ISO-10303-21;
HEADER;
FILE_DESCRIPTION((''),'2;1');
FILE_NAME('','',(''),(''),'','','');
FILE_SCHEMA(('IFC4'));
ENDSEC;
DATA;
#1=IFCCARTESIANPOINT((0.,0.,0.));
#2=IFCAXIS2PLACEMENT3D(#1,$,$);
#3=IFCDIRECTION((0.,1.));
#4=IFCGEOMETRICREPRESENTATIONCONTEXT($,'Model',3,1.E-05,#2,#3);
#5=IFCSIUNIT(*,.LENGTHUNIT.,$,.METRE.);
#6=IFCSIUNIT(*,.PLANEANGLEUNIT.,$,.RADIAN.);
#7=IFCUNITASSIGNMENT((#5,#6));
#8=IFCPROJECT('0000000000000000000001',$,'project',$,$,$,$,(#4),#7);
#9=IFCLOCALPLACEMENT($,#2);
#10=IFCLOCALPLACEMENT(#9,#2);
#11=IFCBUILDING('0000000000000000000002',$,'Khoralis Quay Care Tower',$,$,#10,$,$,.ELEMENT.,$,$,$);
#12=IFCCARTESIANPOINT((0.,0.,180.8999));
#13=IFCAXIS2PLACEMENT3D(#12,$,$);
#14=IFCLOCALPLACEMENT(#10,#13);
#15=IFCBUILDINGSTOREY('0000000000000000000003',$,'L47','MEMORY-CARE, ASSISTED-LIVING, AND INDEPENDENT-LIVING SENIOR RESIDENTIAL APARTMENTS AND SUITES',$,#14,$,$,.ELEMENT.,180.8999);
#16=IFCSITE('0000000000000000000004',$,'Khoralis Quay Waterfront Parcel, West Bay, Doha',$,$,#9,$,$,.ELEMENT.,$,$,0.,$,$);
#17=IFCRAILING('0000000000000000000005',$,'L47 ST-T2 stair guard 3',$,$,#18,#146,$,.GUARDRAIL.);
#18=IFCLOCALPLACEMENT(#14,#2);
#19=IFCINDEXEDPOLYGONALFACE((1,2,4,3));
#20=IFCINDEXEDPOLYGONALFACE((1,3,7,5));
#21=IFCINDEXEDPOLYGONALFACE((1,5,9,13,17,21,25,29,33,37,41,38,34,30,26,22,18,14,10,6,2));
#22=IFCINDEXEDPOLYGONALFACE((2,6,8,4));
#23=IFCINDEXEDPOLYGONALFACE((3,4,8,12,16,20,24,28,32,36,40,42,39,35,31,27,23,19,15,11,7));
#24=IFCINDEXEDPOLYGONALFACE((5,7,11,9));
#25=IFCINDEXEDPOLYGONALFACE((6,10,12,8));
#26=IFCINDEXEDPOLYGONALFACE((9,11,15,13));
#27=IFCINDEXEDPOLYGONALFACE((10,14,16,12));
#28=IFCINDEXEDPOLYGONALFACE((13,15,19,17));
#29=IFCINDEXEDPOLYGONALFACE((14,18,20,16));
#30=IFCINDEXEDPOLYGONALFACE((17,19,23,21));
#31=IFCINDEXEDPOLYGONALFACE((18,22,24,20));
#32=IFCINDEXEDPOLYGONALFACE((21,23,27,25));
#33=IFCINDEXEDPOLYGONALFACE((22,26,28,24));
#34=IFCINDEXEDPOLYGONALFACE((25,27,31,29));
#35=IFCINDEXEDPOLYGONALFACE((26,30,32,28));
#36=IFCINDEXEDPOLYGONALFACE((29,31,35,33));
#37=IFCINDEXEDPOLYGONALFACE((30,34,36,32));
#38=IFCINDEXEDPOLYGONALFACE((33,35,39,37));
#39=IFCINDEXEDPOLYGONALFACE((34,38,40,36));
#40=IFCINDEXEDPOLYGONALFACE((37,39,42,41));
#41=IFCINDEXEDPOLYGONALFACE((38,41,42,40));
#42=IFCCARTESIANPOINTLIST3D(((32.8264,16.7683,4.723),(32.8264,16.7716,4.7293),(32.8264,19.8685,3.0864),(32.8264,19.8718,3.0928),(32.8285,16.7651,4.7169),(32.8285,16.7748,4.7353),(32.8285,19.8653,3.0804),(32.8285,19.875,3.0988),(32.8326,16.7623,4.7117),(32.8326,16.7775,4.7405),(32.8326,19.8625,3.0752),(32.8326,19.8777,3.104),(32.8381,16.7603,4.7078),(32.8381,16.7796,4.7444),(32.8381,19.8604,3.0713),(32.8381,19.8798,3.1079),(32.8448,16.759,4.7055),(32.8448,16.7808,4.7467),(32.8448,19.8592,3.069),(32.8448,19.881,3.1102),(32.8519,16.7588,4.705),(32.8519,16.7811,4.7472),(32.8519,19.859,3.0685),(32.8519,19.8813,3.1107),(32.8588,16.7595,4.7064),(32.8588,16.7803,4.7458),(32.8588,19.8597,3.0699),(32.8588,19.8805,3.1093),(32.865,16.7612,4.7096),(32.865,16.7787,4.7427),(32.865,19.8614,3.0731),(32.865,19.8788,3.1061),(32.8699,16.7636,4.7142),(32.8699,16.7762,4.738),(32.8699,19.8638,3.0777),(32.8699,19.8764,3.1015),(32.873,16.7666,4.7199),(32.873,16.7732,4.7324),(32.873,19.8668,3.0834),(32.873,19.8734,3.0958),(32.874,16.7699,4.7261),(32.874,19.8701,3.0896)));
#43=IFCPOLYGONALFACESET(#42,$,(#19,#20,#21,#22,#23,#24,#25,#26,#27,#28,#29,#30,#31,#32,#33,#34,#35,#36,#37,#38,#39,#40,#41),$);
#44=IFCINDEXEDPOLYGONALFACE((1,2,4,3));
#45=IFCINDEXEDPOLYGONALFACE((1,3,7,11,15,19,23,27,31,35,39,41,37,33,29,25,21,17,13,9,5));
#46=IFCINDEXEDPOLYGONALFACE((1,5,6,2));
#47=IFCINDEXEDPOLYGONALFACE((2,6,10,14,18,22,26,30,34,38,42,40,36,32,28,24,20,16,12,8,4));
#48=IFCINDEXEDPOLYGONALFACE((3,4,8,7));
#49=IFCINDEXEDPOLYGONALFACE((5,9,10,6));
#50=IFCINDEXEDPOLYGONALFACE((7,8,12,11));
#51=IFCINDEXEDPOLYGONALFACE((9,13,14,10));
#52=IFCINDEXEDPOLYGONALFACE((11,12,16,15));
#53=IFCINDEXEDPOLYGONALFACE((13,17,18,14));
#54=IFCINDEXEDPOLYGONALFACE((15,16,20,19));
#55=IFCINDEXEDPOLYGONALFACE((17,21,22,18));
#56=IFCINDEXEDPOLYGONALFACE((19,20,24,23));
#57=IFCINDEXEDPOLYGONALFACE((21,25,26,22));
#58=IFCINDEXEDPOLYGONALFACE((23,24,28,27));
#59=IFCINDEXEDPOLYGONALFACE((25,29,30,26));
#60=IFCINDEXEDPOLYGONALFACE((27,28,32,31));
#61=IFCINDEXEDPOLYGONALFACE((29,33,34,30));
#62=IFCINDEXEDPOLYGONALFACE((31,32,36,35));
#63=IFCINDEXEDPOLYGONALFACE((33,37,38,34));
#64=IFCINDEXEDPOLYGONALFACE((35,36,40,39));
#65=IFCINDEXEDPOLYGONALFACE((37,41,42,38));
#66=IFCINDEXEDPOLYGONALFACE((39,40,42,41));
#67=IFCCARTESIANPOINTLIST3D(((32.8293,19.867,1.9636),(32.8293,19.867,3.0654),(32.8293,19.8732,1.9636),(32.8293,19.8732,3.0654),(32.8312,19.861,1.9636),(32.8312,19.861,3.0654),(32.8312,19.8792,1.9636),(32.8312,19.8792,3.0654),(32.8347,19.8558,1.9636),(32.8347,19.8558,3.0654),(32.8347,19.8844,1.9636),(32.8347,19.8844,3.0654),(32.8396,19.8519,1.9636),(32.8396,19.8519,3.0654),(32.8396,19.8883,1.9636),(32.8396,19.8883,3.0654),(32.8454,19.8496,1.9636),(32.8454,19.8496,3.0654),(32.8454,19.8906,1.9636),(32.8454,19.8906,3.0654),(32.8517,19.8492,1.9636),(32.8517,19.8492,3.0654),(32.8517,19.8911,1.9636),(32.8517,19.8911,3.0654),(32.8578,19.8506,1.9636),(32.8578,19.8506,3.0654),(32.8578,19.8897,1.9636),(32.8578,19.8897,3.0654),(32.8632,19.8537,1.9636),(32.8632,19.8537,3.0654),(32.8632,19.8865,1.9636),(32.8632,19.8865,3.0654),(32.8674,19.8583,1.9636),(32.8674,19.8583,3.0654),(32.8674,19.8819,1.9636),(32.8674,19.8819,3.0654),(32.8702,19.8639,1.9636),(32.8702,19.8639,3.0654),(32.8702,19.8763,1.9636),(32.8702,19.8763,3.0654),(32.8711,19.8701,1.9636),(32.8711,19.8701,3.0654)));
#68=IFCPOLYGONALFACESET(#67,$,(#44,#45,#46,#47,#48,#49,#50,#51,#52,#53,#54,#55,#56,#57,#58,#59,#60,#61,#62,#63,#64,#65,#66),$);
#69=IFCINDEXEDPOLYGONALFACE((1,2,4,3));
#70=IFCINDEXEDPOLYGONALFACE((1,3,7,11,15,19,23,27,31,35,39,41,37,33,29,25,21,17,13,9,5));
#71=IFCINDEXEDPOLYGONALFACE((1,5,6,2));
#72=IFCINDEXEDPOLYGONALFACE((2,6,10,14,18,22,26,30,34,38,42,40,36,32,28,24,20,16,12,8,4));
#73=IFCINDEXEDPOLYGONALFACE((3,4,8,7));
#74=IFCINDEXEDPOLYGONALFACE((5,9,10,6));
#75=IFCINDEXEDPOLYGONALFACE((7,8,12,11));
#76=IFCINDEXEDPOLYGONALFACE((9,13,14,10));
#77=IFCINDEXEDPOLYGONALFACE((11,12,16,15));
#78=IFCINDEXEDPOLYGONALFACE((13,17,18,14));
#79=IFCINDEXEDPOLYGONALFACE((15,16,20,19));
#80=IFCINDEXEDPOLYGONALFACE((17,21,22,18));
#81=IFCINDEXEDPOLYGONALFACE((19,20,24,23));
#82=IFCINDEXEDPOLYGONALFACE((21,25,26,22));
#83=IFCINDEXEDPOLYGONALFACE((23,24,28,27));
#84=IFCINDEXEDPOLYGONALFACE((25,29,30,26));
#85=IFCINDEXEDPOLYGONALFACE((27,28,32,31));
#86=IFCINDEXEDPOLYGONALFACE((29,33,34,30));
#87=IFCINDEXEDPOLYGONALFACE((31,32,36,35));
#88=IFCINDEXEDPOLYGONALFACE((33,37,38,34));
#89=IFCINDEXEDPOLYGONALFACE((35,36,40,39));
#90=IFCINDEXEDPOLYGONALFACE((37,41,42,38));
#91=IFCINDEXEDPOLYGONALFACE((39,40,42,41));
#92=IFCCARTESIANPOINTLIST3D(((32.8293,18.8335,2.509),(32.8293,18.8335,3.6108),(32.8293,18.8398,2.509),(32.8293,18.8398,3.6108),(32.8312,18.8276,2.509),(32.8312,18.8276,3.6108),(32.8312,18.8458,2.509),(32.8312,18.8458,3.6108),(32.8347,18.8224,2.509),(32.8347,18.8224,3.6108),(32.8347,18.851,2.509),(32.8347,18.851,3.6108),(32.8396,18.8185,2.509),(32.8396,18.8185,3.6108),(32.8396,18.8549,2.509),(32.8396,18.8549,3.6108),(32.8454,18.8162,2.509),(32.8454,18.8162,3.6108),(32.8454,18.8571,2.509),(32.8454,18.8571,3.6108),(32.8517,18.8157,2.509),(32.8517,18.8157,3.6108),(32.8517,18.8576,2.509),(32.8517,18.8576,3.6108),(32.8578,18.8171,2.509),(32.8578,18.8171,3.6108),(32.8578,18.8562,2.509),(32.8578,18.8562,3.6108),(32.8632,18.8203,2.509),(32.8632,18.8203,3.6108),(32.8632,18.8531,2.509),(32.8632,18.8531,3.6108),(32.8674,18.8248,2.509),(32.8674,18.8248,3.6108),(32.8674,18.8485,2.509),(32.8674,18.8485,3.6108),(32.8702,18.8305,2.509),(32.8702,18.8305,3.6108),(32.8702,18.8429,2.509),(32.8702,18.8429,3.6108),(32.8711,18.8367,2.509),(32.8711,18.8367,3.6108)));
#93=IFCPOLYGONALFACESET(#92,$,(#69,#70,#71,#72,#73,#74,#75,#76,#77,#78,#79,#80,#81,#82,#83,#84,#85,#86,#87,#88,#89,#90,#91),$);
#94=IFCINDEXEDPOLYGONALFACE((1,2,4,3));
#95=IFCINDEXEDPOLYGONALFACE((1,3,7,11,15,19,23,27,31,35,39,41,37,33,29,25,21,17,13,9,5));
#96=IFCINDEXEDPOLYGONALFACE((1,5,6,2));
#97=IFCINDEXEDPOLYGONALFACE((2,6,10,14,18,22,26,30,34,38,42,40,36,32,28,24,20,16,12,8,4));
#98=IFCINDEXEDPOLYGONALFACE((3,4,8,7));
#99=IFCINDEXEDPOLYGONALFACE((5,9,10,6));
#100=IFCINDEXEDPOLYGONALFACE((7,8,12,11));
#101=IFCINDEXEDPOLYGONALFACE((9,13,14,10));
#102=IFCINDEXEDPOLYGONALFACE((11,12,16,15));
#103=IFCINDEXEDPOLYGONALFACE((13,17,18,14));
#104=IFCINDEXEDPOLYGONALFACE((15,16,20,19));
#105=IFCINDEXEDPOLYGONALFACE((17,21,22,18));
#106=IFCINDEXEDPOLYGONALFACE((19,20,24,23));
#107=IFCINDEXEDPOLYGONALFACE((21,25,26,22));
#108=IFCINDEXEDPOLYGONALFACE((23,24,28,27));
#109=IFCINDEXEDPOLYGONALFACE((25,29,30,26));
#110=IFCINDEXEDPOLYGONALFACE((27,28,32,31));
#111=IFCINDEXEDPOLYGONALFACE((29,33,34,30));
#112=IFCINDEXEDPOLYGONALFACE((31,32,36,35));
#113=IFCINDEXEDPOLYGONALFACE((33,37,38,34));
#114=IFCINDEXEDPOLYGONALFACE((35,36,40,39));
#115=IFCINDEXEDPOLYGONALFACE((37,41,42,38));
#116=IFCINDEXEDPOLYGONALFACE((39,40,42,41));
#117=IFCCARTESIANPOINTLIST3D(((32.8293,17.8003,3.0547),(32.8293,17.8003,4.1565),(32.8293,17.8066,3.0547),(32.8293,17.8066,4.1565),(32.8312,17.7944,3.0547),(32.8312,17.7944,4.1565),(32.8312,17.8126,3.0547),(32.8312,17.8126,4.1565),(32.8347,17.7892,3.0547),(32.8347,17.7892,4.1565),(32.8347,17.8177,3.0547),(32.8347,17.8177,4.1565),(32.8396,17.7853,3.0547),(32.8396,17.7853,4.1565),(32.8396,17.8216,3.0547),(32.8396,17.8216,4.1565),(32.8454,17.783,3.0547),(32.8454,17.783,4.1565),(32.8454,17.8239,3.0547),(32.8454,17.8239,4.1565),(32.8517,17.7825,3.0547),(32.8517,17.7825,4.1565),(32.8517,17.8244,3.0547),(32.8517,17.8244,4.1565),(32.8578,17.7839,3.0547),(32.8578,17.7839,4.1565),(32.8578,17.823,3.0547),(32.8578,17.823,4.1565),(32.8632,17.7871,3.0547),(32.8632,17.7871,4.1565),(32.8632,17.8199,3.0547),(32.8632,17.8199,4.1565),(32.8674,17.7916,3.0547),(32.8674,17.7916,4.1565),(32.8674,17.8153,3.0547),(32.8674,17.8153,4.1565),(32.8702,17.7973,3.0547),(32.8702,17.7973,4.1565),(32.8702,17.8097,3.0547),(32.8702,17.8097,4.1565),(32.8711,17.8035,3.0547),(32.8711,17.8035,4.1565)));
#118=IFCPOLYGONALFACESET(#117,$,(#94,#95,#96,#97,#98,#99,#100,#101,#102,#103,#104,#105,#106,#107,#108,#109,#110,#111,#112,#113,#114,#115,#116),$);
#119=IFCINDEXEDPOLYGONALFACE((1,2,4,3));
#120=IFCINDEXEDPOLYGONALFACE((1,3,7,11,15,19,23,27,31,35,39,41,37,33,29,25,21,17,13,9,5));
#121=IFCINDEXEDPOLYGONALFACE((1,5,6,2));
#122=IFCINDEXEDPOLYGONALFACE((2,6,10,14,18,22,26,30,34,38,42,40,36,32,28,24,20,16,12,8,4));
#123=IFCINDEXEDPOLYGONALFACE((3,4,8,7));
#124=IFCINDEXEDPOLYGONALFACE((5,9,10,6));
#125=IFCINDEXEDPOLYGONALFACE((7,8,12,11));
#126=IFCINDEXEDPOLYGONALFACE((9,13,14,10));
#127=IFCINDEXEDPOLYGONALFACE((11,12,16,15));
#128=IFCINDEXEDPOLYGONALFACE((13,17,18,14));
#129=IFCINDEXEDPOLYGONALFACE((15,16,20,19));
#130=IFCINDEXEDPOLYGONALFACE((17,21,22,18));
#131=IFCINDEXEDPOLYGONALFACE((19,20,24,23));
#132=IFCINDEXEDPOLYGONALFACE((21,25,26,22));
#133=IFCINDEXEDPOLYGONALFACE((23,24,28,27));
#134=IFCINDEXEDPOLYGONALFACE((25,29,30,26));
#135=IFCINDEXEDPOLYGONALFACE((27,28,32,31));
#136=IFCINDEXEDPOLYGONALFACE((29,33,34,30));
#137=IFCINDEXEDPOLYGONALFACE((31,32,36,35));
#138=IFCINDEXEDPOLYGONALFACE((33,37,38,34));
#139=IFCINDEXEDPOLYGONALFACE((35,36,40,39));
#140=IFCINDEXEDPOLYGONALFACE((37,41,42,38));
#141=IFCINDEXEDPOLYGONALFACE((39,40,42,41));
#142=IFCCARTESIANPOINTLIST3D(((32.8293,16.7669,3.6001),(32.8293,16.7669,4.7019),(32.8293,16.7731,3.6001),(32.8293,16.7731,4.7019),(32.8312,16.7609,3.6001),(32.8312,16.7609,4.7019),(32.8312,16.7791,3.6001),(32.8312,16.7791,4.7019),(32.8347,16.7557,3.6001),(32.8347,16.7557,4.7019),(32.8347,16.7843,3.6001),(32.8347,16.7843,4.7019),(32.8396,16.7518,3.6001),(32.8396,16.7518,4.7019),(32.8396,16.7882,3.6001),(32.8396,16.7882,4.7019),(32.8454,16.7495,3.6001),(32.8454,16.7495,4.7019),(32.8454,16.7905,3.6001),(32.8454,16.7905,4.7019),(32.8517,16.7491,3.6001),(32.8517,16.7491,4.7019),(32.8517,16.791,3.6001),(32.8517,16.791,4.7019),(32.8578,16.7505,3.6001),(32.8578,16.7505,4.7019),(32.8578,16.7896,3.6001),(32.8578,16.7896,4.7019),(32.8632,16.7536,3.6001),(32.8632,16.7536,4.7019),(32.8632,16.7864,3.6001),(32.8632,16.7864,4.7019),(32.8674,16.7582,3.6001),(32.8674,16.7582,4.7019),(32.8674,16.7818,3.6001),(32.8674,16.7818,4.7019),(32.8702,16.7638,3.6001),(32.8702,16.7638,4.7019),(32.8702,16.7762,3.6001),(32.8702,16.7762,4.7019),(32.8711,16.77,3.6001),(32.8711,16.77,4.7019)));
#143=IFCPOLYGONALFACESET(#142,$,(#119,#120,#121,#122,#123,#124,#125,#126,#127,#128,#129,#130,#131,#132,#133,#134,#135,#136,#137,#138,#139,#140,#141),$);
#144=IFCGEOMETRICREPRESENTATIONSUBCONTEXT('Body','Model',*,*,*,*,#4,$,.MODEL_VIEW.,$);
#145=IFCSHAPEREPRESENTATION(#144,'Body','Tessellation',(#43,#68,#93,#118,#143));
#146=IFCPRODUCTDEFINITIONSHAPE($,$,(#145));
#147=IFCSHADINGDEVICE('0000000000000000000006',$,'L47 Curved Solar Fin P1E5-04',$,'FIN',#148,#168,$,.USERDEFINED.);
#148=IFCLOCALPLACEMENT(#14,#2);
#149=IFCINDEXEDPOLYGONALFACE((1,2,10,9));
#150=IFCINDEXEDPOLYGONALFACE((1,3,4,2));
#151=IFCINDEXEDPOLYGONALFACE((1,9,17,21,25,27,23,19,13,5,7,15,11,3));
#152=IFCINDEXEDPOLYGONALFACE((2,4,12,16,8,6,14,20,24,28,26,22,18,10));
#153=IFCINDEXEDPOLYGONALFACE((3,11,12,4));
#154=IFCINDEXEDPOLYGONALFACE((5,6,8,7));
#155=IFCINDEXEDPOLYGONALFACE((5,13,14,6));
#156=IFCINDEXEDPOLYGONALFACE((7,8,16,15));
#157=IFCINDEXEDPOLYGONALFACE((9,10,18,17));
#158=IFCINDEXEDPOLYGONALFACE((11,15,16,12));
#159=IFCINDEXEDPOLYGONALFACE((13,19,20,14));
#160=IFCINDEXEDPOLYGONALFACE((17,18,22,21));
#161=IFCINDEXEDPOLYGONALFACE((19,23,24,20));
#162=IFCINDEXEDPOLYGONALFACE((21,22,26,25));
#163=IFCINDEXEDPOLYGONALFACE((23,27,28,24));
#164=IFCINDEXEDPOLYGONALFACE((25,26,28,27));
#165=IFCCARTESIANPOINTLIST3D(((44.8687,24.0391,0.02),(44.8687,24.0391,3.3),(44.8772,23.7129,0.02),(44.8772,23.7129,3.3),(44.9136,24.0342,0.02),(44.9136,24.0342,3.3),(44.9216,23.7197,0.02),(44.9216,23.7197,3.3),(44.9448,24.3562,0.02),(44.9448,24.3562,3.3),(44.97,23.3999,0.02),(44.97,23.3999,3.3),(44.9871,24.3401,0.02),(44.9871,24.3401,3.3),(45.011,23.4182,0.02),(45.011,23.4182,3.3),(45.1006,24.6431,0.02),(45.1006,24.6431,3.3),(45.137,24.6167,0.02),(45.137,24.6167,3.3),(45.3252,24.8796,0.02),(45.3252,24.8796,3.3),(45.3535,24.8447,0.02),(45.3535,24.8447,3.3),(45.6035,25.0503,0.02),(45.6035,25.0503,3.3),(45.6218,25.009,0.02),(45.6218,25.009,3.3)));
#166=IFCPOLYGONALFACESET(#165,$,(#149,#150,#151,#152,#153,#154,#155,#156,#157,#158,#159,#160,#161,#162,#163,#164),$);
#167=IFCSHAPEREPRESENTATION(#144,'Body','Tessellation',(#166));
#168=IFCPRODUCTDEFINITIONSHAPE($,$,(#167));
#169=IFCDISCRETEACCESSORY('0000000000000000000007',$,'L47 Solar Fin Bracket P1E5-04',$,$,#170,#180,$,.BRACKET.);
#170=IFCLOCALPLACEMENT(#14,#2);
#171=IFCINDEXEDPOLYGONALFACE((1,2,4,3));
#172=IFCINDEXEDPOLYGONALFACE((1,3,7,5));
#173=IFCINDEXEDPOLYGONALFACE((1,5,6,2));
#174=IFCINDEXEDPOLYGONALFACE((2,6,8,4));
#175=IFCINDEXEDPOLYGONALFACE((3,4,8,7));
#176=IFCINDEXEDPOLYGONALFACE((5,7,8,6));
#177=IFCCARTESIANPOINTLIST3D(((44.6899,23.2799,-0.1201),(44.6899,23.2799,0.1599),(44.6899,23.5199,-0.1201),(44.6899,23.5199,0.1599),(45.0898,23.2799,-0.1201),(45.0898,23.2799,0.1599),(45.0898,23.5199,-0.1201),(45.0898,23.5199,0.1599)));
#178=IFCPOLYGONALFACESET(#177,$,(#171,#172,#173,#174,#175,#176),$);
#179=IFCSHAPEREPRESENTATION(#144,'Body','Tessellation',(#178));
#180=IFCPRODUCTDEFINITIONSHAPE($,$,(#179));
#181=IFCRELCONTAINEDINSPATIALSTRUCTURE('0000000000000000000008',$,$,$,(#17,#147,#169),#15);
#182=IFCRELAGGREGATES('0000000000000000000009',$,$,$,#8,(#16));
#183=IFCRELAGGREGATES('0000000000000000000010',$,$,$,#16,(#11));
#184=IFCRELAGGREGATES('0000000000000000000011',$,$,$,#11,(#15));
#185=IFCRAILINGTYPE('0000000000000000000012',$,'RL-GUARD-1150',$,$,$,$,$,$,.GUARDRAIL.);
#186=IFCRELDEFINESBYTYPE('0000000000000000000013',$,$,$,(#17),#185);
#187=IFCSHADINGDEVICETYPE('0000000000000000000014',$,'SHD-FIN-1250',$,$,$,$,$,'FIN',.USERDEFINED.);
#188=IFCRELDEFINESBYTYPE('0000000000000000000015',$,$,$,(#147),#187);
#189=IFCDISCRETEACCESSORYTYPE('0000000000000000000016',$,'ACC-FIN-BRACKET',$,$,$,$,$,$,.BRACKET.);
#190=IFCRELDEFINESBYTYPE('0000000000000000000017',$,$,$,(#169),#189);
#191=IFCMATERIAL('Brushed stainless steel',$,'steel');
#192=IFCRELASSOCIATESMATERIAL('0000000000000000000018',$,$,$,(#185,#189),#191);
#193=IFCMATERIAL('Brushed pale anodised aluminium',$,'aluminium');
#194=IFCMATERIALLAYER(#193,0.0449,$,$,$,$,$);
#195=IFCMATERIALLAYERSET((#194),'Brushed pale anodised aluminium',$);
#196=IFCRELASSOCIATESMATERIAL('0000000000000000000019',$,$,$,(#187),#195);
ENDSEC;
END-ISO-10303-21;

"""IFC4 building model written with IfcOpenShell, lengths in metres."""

from ifc_helpers import new_model, si_unit, direction, frame, origin, origin_2d, place, context, subcontext, project, spatial, polyline, rectangle, circle, outline, extrude, source, transform, mapped, material, layer, layer_set, type_object, element, save


model = new_model("IFC4")

# Units and contexts
model_context = context("Model", 3, precision=1e-05, world=origin(), true_north=direction((0.0, 1.0)))
body_context = subcontext(model_context, "Body", "Model", "MODEL_VIEW")
ifc_project = project(units=[si_unit("LENGTHUNIT", "METRE"), si_unit("PLANEANGLEUNIT", "RADIAN")], contexts=[model_context])

# Site, building, storey
site_placement = place(None, origin())
site = spatial("IfcSite", under=ifc_project, at=site_placement, Name="Khoralis Quay Waterfront Parcel, West Bay, Doha", CompositionType="ELEMENT", RefElevation=0.0)
building_placement = place(site_placement, origin())
building = spatial("IfcBuilding", under=site, at=building_placement, Name="Khoralis Quay Care Tower", CompositionType="ELEMENT")
storey_placement = place(building_placement, frame((0.0, 0.0, 180.8999)))
storey = spatial("IfcBuildingStorey", under=building, at=storey_placement, Name="L47", Description="MEMORY-CARE, ASSISTED-LIVING, AND INDEPENDENT-LIVING SENIOR RESIDENTIAL APARTMENTS AND SUITES", CompositionType="ELEMENT", Elevation=180.8999)

# Railing
ifc_material_1 = material(Name="Brushed stainless steel", Category="steel")
railing_type = type_object("IfcRailingType", Name="RL-GUARD-1150", PredefinedType="GUARDRAIL", material=ifc_material_1)
railing_1_placement = place(storey_placement, frame((32.8501, 19.8701, 1.9636)))
element("IfcRailing", 1, at=railing_1_placement, inside=storey, type_object=railing_type, Name="L47 ST-T2 stair guard 3", PredefinedType="GUARDRAIL", context=body_context, shape_type="SweptSolid", body=[
    extrude(circle(Radius=0.0239, at=origin_2d()), frame((0.0, 0.0, 1.126), z_axis=(0.0, -0.884348, 0.466828), x_axis=(1.0, 0.0, 0.0)), (0.0, 0.0, 1.0), 3.5056),
    extrude(circle(Radius=0.021, at=origin_2d()), origin(), (0.0, 0.0, 1.0), 1.1018),
    extrude(circle(Radius=0.021, at=origin_2d()), frame((0.0, -1.0334, 0.5454)), (0.0, 0.0, 1.0), 1.1018),
    extrude(circle(Radius=0.021, at=origin_2d()), frame((0.0, -2.0667, 1.0911)), (0.0, 0.0, 1.0), 1.1018),
    extrude(circle(Radius=0.021, at=origin_2d()), frame((0.0, -3.1001, 1.6365)), (0.0, 0.0, 1.0), 1.1018),
])

# Shading device
ifc_material_2 = material(Name="Brushed pale anodised aluminium", Category="aluminium")
ifc_layer_1 = layer(ifc_material_2, 0.0449)
ifc_layer_set_1 = layer_set([ifc_layer_1], Name="Brushed pale anodised aluminium")
shading_device_type = type_object("IfcShadingDeviceType", Name="SHD-FIN-1250", ElementType="FIN", PredefinedType="USERDEFINED", material=ifc_layer_set_1)
shared_shape_1 = source(origin(), body_context, "Body", "SweptSolid", [
    extrude(outline(polyline([(0.0, 0.0), (-0.0928, 0.313), (-0.1013, 0.6392), (-0.0251, 0.9563), (0.1306, 1.2432), (0.3552, 1.4797), (0.6335, 1.6504), (0.6519, 1.6091), (0.3835, 1.4448), (0.167, 1.2168), (0.0171, 0.9402), (-0.0564, 0.6343), (-0.0483, 0.3198), (0.041, 0.0183), (0.0, 0.0)])), origin(), (0.0, 0.0, 1.0), 3.28),
])
shading_device_placement = place(storey_placement, frame((44.97, 23.3999, 0.02), z_axis=(0.0, 0.0, 1.0), x_axis=(1.0, 0.0, 0.0)))
element("IfcShadingDevice", 2, at=shading_device_placement, inside=storey, type_object=shading_device_type, Name="L47 Curved Solar Fin P1E5-04", ObjectType="FIN", PredefinedType="USERDEFINED", context=body_context, shape_type="MappedRepresentation", body=[
    mapped(shared_shape_1, transform((0.0, 0.0, 0.0), scale=1.0)),
])

# Discrete accessory
discrete_accessory_type = type_object("IfcDiscreteAccessoryType", Name="ACC-FIN-BRACKET", PredefinedType="BRACKET", material=ifc_material_1)
shared_shape_2 = source(origin(), body_context, "Body", "SweptSolid", [
    extrude(rectangle(XDim=0.3999, YDim=0.24, at=origin_2d()), origin(), (0.0, 0.0, 1.0), 0.28),
])
discrete_accessory_placement = place(storey_placement, frame((44.8899, 23.3999, -0.1201), z_axis=(0.0, 0.0, 1.0), x_axis=(1.0, 0.0, 0.0)))
element("IfcDiscreteAccessory", 3, at=discrete_accessory_placement, inside=storey, type_object=discrete_accessory_type, Name="L47 Solar Fin Bracket P1E5-04", PredefinedType="BRACKET", context=body_context, shape_type="MappedRepresentation", body=[
    mapped(shared_shape_2, transform((0.0, 0.0, 0.0), scale=1.0)),
])

save(model, "model.ifc")
